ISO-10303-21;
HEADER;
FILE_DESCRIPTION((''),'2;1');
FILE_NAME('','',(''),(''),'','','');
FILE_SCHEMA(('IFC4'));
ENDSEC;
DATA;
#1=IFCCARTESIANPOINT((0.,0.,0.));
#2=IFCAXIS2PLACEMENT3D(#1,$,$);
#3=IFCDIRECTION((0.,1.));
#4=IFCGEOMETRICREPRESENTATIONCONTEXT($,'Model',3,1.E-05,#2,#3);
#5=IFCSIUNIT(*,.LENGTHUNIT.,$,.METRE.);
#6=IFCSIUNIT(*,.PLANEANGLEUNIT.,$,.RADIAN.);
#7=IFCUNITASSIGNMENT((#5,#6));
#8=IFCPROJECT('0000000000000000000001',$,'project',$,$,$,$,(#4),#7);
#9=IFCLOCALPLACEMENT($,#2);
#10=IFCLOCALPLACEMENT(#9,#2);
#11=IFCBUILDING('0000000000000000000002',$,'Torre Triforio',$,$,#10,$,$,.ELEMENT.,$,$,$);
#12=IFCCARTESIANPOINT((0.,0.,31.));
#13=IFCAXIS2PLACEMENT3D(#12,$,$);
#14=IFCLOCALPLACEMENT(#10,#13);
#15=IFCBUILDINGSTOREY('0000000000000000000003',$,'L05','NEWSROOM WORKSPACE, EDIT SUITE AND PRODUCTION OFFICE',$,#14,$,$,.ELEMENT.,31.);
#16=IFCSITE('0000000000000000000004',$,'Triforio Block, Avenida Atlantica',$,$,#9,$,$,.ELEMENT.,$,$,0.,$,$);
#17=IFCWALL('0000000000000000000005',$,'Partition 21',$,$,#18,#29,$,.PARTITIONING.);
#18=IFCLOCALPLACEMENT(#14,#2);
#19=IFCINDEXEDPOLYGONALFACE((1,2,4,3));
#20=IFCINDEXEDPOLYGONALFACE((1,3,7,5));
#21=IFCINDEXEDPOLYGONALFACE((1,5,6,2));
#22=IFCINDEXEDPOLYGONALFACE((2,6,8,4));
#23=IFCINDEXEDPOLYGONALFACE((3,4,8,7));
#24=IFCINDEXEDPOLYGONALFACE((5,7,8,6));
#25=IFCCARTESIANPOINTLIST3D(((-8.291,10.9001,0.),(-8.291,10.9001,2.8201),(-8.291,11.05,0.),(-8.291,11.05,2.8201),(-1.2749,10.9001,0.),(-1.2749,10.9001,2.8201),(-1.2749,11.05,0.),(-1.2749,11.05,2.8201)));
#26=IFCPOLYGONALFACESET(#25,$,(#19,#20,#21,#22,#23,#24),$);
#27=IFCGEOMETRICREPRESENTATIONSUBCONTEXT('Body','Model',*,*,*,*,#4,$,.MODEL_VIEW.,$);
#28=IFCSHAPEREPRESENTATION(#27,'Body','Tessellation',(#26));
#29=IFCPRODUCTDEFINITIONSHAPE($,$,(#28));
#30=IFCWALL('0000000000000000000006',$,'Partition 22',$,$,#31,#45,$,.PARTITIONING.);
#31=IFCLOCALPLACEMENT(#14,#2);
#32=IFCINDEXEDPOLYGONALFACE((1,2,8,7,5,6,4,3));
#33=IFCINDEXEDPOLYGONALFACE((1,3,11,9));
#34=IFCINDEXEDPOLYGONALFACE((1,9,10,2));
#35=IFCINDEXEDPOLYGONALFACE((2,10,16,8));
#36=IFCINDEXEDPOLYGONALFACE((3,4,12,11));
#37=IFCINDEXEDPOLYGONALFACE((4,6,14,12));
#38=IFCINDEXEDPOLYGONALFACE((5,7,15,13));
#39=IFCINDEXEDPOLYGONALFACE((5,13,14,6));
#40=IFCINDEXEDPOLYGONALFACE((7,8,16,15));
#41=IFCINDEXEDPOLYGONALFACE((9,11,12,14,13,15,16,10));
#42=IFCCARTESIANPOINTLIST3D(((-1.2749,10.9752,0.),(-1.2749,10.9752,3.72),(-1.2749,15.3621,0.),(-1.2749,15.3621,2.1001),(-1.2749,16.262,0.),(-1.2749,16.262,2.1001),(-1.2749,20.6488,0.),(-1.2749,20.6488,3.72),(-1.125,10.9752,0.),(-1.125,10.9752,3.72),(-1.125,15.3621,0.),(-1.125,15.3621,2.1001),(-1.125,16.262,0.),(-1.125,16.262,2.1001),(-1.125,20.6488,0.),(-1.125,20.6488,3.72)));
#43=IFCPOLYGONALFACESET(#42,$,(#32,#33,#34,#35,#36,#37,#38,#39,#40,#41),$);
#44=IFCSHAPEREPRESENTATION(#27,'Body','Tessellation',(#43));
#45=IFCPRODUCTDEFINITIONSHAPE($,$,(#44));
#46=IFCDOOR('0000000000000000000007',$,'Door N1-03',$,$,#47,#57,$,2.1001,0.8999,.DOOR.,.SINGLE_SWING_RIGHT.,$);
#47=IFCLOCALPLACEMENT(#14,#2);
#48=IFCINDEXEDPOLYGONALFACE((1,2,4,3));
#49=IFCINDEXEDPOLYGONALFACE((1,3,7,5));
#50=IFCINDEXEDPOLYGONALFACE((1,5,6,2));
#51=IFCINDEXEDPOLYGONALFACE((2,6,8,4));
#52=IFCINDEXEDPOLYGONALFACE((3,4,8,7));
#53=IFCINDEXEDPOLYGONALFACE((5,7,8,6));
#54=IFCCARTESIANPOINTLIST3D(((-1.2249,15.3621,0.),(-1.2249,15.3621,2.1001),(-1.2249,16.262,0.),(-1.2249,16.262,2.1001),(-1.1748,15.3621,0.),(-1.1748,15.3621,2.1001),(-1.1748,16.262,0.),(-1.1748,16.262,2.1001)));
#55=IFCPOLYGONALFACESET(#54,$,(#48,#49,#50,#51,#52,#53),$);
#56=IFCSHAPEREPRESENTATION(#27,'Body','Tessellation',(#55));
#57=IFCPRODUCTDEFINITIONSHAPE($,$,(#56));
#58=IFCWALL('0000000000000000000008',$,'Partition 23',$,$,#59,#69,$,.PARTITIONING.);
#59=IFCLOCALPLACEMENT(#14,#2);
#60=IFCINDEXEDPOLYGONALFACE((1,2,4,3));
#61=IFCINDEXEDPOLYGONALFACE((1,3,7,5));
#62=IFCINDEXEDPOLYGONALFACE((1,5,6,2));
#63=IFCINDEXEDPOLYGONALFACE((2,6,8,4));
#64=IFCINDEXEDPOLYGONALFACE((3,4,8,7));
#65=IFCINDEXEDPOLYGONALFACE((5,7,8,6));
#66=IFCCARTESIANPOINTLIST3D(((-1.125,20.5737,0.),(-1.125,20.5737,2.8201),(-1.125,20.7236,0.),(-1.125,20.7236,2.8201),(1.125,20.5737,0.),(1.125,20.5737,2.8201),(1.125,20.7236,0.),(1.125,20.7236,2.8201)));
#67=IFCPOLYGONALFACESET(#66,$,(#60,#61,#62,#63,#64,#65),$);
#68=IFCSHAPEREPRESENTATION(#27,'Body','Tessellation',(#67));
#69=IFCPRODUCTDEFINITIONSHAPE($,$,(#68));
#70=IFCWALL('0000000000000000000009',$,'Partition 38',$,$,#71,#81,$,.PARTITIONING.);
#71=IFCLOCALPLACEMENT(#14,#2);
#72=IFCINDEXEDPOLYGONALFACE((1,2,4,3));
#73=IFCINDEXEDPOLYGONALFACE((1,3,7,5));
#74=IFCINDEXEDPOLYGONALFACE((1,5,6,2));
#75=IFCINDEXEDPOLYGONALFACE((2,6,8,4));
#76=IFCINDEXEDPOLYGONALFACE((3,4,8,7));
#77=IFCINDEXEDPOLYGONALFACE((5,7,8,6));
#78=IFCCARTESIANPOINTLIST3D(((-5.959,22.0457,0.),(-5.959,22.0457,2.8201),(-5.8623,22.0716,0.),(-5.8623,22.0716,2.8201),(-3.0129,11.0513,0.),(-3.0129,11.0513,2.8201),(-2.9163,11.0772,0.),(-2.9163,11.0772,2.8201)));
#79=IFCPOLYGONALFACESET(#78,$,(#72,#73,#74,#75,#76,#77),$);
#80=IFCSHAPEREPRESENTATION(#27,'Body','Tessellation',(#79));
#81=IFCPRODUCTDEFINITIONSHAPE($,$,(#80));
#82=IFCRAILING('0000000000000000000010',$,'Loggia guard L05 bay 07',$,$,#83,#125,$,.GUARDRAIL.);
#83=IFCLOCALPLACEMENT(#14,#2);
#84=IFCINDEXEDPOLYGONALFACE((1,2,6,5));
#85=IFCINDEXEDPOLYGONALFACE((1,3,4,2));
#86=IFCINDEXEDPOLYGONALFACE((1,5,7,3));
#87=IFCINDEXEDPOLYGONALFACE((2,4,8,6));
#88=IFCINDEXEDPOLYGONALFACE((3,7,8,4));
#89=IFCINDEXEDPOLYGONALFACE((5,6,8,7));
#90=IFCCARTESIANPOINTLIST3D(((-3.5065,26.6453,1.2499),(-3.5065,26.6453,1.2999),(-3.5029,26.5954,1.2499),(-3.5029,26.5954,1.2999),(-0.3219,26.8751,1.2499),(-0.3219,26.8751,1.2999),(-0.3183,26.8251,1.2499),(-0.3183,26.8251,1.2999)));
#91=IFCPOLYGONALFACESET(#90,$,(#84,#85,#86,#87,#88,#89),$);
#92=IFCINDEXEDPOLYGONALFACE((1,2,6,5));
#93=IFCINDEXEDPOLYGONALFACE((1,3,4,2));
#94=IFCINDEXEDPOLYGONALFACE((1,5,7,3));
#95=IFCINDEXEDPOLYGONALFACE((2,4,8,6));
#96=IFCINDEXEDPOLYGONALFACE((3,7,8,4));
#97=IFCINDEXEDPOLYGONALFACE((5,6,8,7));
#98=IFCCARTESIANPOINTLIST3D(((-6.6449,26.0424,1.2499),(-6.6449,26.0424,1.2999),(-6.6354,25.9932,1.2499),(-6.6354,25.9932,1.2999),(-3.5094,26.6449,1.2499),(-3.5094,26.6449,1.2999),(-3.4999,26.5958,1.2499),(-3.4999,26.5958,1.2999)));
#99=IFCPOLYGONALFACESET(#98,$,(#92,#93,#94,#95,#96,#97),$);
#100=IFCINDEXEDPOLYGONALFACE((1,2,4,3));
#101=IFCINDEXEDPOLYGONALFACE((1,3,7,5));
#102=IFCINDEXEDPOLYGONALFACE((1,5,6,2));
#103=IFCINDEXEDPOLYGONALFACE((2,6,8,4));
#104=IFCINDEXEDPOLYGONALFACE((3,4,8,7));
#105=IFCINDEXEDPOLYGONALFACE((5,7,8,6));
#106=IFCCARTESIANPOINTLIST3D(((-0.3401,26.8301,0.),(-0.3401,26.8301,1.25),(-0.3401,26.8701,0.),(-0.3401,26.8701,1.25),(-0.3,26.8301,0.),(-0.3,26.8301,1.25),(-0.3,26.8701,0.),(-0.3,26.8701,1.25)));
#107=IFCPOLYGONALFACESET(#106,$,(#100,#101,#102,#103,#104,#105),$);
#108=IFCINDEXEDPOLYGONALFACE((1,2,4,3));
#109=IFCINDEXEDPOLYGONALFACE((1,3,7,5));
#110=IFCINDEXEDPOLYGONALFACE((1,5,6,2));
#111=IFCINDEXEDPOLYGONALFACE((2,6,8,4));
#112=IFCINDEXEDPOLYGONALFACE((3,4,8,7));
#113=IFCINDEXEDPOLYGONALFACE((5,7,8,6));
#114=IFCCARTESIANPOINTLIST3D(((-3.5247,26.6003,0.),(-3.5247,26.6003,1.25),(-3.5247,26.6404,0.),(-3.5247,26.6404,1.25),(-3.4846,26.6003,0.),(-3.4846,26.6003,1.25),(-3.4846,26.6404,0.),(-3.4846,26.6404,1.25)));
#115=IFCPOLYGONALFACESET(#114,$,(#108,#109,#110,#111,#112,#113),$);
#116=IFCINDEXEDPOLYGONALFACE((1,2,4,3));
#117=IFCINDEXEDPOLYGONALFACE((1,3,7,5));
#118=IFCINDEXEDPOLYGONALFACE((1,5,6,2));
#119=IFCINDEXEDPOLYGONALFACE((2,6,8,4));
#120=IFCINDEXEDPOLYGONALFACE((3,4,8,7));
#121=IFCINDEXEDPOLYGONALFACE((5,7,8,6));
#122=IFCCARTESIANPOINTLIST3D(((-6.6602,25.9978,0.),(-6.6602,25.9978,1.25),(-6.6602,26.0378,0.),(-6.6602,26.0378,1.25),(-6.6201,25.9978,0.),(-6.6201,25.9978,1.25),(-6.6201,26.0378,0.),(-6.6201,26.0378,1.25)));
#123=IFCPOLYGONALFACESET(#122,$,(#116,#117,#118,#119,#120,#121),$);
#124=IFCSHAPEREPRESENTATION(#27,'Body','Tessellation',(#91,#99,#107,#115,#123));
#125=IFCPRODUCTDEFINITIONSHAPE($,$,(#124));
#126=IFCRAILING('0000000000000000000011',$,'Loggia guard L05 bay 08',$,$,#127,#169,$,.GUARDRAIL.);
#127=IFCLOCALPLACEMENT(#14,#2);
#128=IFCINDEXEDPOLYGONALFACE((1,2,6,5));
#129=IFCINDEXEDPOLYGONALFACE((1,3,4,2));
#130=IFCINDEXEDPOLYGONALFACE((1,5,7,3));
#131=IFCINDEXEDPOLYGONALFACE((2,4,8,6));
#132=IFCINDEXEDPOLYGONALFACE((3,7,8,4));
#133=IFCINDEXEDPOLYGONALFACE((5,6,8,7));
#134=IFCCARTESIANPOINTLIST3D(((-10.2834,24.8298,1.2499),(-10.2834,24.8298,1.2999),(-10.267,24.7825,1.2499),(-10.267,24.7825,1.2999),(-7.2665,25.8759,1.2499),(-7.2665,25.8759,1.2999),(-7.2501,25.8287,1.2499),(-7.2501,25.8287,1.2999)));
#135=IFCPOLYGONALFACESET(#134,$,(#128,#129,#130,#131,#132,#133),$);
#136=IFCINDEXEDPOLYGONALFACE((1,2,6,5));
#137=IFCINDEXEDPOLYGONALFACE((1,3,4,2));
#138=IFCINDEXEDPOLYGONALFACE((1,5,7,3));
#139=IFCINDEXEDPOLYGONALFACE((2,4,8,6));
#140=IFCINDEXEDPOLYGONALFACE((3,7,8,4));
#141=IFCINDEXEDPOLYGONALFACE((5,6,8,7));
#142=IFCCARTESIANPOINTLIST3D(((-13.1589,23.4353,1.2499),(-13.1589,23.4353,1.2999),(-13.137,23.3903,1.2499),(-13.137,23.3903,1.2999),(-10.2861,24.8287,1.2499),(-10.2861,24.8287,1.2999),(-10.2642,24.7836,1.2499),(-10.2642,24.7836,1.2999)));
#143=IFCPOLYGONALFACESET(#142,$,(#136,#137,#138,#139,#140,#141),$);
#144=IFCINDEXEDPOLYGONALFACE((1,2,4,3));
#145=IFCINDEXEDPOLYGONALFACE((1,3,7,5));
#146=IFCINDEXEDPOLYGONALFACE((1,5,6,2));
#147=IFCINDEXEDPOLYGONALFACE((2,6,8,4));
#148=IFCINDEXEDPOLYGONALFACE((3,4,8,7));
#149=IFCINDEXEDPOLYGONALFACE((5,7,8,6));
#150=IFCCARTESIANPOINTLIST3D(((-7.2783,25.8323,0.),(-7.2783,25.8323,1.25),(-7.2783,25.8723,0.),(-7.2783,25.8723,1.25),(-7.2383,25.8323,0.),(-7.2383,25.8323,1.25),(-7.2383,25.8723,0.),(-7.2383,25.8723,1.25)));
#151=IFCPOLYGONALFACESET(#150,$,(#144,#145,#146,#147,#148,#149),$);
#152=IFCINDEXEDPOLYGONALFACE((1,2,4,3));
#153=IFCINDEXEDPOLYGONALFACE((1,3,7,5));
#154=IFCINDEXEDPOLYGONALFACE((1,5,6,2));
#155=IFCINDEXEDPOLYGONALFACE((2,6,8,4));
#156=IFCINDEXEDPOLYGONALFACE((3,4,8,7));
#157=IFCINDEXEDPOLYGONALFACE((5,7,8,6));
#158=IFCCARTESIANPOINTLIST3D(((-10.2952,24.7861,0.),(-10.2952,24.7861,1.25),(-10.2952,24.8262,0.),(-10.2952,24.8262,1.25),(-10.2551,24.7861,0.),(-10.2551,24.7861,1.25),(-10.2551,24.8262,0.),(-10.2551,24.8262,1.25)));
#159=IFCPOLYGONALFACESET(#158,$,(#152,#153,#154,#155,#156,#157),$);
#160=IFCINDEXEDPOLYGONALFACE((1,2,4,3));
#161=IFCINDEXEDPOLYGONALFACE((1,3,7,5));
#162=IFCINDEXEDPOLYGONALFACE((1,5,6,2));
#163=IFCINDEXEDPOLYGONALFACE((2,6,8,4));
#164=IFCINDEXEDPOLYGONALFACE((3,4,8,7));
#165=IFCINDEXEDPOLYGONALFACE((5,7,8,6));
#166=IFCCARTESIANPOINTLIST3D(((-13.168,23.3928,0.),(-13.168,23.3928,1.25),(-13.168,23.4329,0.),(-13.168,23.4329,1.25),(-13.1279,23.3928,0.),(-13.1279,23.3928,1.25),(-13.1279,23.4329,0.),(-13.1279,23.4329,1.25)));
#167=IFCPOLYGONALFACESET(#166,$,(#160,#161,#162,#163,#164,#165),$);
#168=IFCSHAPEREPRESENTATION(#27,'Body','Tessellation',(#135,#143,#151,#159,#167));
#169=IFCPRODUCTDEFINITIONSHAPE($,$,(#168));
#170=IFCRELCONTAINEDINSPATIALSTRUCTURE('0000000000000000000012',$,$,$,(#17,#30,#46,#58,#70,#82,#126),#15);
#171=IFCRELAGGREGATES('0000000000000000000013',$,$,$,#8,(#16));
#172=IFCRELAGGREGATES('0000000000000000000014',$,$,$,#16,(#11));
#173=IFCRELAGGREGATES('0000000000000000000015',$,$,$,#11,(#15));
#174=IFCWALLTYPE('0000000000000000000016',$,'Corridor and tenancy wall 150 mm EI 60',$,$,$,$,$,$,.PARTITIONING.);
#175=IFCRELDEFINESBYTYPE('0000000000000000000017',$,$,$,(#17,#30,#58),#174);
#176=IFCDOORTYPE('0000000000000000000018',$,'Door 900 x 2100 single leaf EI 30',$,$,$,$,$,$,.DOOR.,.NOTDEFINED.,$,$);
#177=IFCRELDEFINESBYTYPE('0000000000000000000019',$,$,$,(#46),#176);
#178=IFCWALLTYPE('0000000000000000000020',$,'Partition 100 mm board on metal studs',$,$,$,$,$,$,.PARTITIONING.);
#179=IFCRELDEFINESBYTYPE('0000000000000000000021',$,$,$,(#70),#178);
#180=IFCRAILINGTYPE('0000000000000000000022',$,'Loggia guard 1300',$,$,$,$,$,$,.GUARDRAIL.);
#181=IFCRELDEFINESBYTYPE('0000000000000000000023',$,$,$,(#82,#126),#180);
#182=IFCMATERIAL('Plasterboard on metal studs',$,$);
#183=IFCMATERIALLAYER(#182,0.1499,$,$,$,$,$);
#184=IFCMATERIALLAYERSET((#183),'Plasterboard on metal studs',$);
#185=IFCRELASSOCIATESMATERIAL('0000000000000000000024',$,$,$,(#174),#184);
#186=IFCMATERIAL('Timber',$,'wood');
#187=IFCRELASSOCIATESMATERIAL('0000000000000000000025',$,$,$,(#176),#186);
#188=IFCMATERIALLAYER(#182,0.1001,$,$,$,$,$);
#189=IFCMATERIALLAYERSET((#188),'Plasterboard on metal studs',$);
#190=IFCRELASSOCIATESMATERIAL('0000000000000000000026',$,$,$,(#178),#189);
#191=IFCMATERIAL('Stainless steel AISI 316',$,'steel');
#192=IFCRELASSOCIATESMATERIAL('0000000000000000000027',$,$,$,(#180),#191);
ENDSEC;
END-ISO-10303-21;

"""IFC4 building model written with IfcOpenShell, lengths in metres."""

from ifc_helpers import new_model, si_unit, direction, frame, frame_2d, origin, origin_2d, place, context, subcontext, project, spatial, rectangle, extrude, material, layer, layer_set, type_object, element, fill, save


model = new_model("IFC4")

# Units and contexts
model_context = context("Model", 3, precision=1e-05, world=origin(), true_north=direction((0.0, 1.0)))
body_context = subcontext(model_context, "Body", "Model", "MODEL_VIEW")
ifc_project = project(units=[si_unit("LENGTHUNIT", "METRE"), si_unit("PLANEANGLEUNIT", "RADIAN")], contexts=[model_context])

# Site, building, storey
site_placement = place(None, origin())
site = spatial("IfcSite", under=ifc_project, at=site_placement, Name="Triforio Block, Avenida Atlantica", CompositionType="ELEMENT", RefElevation=0.0)
building_placement = place(site_placement, origin())
building = spatial("IfcBuilding", under=site, at=building_placement, Name="Torre Triforio", CompositionType="ELEMENT")
storey_placement = place(building_placement, frame((0.0, 0.0, 31.0)))
storey = spatial("IfcBuildingStorey", under=building, at=storey_placement, Name="L05", Description="NEWSROOM WORKSPACE, EDIT SUITE AND PRODUCTION OFFICE", CompositionType="ELEMENT", Elevation=31.0)

# Shared definitions
ifc_material_1 = material(Name="Plasterboard on metal studs")
ifc_layer_1 = layer(ifc_material_1, 0.1499)
ifc_layer_set_1 = layer_set([ifc_layer_1], Name="Plasterboard on metal studs")
wall_type_1 = type_object("IfcWallType", Name="Corridor and tenancy wall 150 mm EI 60", PredefinedType="PARTITIONING", material=ifc_layer_set_1)
ifc_material_2 = material(Name="Timber", Category="wood")
door_type_1 = type_object("IfcDoorType", Name="Door 900 x 2100 single leaf EI 30", OperationType="NOTDEFINED", PredefinedType="DOOR", material=ifc_material_2)

# Wall
wall_1_placement = place(storey_placement, frame((-8.291, 10.9751, 0.0), z_axis=(0.0, 0.0, 1.0), x_axis=(1.0, 0.0, 0.0)))
element("IfcWall", 1, at=wall_1_placement, inside=storey, type_object=wall_type_1, Name="Partition 21", PredefinedType="PARTITIONING", context=body_context, shape_type="SweptSolid", body=[
    extrude(rectangle(XDim=7.0161, YDim=0.1499, at=frame_2d((3.5081, 0.0))), origin(), (0.0, 0.0, 1.0), 2.8201),
])

# Wall, opening, door
wall_2_placement = place(storey_placement, frame((-1.2, 10.9751, 0.0), z_axis=(0.0, 0.0, 1.0), x_axis=(0.0, 1.0, 0.0)))
wall_2 = element("IfcWall", 2, at=wall_2_placement, inside=storey, type_object=wall_type_1, Name="Partition 22", PredefinedType="PARTITIONING", context=body_context, shape_type="SweptSolid", body=[
    extrude(rectangle(XDim=9.6736, YDim=0.1499, at=frame_2d((4.8369, 0.0))), origin(), (0.0, 0.0, 1.0), 3.72),
])
opening_1_placement = place(wall_2_placement, frame((4.387, 0.0, 0.0)))
opening_1 = element("IfcOpeningElement", 3, at=opening_1_placement, cuts=wall_2, PredefinedType="OPENING", context=body_context, shape_type="SweptSolid", body=[
    extrude(rectangle(XDim=0.8999, YDim=2.1001, at=frame_2d((0.45, 1.05))), frame((0.0, 0.085, 0.0), z_axis=(0.0, -1.0, 0.0), x_axis=(1.0, 0.0, 0.0)), (0.0, 0.0, 1.0), 0.1699),
])
door_1_placement = place(opening_1_placement, origin())
door_1 = element("IfcDoor", 4, at=door_1_placement, inside=storey, type_object=door_type_1, Name="Door N1-03", OperationType="SINGLE_SWING_RIGHT", OverallHeight=2.1001, OverallWidth=0.8999, PredefinedType="DOOR", context=body_context, shape_type="SweptSolid", body=[
    extrude(rectangle(XDim=0.8999, YDim=2.1001, at=frame_2d((0.45, 1.05))), frame((0.0, 0.0249, 0.0), z_axis=(0.0, -1.0, 0.0), x_axis=(1.0, 0.0, 0.0)), (0.0, 0.0, 1.0), 0.05),
])
fill(opening_1, door_1)

# Walls
wall_3_placement = place(storey_placement, frame((-1.125, 20.6487, 0.0), z_axis=(0.0, 0.0, 1.0), x_axis=(1.0, 0.0, 0.0)))
element("IfcWall", 5, at=wall_3_placement, inside=storey, type_object=wall_type_1, Name="Partition 23", PredefinedType="PARTITIONING", context=body_context, shape_type="SweptSolid", body=[
    extrude(rectangle(XDim=2.25, YDim=0.1499, at=frame_2d((1.125, 0.0))), origin(), (0.0, 0.0, 1.0), 2.8201),
])
ifc_layer_2 = layer(ifc_material_1, 0.1001)
ifc_layer_set_2 = layer_set([ifc_layer_2], Name="Plasterboard on metal studs")
wall_type_2 = type_object("IfcWallType", Name="Partition 100 mm board on metal studs", PredefinedType="PARTITIONING", material=ifc_layer_set_2)
wall_4_placement = place(storey_placement, frame((-2.9646, 11.0642, 0.0), z_axis=(0.0, 0.0, 1.0), x_axis=(-0.258828, 0.965923, 0.0)))
element("IfcWall", 6, at=wall_4_placement, inside=storey, type_object=wall_type_2, Name="Partition 38", PredefinedType="PARTITIONING", context=body_context, shape_type="SweptSolid", body=[
    extrude(rectangle(XDim=11.3823, YDim=0.1001, at=frame_2d((5.6912, 0.0))), origin(), (0.0, 0.0, 1.0), 2.8201),
])

# Railings
ifc_material_3 = material(Name="Stainless steel AISI 316", Category="steel")
railing_type = type_object("IfcRailingType", Name="Loggia guard 1300", PredefinedType="GUARDRAIL", material=ifc_material_3)
railing_1_placement = place(storey_placement, frame((-0.3201, 26.8501, 0.0)))
element("IfcRailing", 7, at=railing_1_placement, inside=storey, type_object=railing_type, Name="Loggia guard L05 bay 07", PredefinedType="GUARDRAIL", context=body_context, shape_type="SweptSolid", body=[
    extrude(rectangle(XDim=0.05, YDim=0.05, at=origin_2d()), frame((0.0, 0.0, 1.2749), z_axis=(-0.997408, -0.071953, 0.0), x_axis=(0.071953, -0.997408, 0.0)), (0.0, 0.0, 1.0), 3.1929),
    extrude(rectangle(XDim=0.05, YDim=0.05, at=origin_2d()), frame((-3.1846, -0.2297, 1.2749), z_axis=(-0.982032, -0.188714, 0.0), x_axis=(0.188714, -0.982032, 0.0)), (0.0, 0.0, 1.0), 3.1929),
    extrude(rectangle(XDim=0.04, YDim=0.04, at=origin_2d()), origin(), (0.0, 0.0, 1.0), 1.25),
    extrude(rectangle(XDim=0.04, YDim=0.04, at=origin_2d()), frame((-3.1846, -0.2297, 0.0)), (0.0, 0.0, 1.0), 1.25),
    extrude(rectangle(XDim=0.04, YDim=0.04, at=origin_2d()), frame((-6.3201, -0.8323, 0.0)), (0.0, 0.0, 1.0), 1.25),
])
railing_2_placement = place(storey_placement, frame((-7.2583, 25.8523, 0.0)))
element("IfcRailing", 8, at=railing_2_placement, inside=storey, type_object=railing_type, Name="Loggia guard L05 bay 08", PredefinedType="GUARDRAIL", context=body_context, shape_type="SweptSolid", body=[
    extrude(rectangle(XDim=0.05, YDim=0.05, at=origin_2d()), frame((0.0, 0.0, 1.2749), z_axis=(-0.944807, -0.327628, 0.0), x_axis=(0.327628, -0.944807, 0.0)), (0.0, 0.0, 1.0), 3.1931),
    extrude(rectangle(XDim=0.05, YDim=0.05, at=origin_2d()), frame((-3.0168, -1.0461, 1.2749), z_axis=(-0.89976, -0.436384, 0.0), x_axis=(0.436384, -0.89976, 0.0)), (0.0, 0.0, 1.0), 3.1929),
    extrude(rectangle(XDim=0.04, YDim=0.04, at=origin_2d()), origin(), (0.0, 0.0, 1.0), 1.25),
    extrude(rectangle(XDim=0.04, YDim=0.04, at=origin_2d()), frame((-3.0168, -1.0461, 0.0)), (0.0, 0.0, 1.0), 1.25),
    extrude(rectangle(XDim=0.04, YDim=0.04, at=origin_2d()), frame((-5.8896, -2.4395, 0.0)), (0.0, 0.0, 1.0), 1.25),
])

save(model, "model.ifc")
